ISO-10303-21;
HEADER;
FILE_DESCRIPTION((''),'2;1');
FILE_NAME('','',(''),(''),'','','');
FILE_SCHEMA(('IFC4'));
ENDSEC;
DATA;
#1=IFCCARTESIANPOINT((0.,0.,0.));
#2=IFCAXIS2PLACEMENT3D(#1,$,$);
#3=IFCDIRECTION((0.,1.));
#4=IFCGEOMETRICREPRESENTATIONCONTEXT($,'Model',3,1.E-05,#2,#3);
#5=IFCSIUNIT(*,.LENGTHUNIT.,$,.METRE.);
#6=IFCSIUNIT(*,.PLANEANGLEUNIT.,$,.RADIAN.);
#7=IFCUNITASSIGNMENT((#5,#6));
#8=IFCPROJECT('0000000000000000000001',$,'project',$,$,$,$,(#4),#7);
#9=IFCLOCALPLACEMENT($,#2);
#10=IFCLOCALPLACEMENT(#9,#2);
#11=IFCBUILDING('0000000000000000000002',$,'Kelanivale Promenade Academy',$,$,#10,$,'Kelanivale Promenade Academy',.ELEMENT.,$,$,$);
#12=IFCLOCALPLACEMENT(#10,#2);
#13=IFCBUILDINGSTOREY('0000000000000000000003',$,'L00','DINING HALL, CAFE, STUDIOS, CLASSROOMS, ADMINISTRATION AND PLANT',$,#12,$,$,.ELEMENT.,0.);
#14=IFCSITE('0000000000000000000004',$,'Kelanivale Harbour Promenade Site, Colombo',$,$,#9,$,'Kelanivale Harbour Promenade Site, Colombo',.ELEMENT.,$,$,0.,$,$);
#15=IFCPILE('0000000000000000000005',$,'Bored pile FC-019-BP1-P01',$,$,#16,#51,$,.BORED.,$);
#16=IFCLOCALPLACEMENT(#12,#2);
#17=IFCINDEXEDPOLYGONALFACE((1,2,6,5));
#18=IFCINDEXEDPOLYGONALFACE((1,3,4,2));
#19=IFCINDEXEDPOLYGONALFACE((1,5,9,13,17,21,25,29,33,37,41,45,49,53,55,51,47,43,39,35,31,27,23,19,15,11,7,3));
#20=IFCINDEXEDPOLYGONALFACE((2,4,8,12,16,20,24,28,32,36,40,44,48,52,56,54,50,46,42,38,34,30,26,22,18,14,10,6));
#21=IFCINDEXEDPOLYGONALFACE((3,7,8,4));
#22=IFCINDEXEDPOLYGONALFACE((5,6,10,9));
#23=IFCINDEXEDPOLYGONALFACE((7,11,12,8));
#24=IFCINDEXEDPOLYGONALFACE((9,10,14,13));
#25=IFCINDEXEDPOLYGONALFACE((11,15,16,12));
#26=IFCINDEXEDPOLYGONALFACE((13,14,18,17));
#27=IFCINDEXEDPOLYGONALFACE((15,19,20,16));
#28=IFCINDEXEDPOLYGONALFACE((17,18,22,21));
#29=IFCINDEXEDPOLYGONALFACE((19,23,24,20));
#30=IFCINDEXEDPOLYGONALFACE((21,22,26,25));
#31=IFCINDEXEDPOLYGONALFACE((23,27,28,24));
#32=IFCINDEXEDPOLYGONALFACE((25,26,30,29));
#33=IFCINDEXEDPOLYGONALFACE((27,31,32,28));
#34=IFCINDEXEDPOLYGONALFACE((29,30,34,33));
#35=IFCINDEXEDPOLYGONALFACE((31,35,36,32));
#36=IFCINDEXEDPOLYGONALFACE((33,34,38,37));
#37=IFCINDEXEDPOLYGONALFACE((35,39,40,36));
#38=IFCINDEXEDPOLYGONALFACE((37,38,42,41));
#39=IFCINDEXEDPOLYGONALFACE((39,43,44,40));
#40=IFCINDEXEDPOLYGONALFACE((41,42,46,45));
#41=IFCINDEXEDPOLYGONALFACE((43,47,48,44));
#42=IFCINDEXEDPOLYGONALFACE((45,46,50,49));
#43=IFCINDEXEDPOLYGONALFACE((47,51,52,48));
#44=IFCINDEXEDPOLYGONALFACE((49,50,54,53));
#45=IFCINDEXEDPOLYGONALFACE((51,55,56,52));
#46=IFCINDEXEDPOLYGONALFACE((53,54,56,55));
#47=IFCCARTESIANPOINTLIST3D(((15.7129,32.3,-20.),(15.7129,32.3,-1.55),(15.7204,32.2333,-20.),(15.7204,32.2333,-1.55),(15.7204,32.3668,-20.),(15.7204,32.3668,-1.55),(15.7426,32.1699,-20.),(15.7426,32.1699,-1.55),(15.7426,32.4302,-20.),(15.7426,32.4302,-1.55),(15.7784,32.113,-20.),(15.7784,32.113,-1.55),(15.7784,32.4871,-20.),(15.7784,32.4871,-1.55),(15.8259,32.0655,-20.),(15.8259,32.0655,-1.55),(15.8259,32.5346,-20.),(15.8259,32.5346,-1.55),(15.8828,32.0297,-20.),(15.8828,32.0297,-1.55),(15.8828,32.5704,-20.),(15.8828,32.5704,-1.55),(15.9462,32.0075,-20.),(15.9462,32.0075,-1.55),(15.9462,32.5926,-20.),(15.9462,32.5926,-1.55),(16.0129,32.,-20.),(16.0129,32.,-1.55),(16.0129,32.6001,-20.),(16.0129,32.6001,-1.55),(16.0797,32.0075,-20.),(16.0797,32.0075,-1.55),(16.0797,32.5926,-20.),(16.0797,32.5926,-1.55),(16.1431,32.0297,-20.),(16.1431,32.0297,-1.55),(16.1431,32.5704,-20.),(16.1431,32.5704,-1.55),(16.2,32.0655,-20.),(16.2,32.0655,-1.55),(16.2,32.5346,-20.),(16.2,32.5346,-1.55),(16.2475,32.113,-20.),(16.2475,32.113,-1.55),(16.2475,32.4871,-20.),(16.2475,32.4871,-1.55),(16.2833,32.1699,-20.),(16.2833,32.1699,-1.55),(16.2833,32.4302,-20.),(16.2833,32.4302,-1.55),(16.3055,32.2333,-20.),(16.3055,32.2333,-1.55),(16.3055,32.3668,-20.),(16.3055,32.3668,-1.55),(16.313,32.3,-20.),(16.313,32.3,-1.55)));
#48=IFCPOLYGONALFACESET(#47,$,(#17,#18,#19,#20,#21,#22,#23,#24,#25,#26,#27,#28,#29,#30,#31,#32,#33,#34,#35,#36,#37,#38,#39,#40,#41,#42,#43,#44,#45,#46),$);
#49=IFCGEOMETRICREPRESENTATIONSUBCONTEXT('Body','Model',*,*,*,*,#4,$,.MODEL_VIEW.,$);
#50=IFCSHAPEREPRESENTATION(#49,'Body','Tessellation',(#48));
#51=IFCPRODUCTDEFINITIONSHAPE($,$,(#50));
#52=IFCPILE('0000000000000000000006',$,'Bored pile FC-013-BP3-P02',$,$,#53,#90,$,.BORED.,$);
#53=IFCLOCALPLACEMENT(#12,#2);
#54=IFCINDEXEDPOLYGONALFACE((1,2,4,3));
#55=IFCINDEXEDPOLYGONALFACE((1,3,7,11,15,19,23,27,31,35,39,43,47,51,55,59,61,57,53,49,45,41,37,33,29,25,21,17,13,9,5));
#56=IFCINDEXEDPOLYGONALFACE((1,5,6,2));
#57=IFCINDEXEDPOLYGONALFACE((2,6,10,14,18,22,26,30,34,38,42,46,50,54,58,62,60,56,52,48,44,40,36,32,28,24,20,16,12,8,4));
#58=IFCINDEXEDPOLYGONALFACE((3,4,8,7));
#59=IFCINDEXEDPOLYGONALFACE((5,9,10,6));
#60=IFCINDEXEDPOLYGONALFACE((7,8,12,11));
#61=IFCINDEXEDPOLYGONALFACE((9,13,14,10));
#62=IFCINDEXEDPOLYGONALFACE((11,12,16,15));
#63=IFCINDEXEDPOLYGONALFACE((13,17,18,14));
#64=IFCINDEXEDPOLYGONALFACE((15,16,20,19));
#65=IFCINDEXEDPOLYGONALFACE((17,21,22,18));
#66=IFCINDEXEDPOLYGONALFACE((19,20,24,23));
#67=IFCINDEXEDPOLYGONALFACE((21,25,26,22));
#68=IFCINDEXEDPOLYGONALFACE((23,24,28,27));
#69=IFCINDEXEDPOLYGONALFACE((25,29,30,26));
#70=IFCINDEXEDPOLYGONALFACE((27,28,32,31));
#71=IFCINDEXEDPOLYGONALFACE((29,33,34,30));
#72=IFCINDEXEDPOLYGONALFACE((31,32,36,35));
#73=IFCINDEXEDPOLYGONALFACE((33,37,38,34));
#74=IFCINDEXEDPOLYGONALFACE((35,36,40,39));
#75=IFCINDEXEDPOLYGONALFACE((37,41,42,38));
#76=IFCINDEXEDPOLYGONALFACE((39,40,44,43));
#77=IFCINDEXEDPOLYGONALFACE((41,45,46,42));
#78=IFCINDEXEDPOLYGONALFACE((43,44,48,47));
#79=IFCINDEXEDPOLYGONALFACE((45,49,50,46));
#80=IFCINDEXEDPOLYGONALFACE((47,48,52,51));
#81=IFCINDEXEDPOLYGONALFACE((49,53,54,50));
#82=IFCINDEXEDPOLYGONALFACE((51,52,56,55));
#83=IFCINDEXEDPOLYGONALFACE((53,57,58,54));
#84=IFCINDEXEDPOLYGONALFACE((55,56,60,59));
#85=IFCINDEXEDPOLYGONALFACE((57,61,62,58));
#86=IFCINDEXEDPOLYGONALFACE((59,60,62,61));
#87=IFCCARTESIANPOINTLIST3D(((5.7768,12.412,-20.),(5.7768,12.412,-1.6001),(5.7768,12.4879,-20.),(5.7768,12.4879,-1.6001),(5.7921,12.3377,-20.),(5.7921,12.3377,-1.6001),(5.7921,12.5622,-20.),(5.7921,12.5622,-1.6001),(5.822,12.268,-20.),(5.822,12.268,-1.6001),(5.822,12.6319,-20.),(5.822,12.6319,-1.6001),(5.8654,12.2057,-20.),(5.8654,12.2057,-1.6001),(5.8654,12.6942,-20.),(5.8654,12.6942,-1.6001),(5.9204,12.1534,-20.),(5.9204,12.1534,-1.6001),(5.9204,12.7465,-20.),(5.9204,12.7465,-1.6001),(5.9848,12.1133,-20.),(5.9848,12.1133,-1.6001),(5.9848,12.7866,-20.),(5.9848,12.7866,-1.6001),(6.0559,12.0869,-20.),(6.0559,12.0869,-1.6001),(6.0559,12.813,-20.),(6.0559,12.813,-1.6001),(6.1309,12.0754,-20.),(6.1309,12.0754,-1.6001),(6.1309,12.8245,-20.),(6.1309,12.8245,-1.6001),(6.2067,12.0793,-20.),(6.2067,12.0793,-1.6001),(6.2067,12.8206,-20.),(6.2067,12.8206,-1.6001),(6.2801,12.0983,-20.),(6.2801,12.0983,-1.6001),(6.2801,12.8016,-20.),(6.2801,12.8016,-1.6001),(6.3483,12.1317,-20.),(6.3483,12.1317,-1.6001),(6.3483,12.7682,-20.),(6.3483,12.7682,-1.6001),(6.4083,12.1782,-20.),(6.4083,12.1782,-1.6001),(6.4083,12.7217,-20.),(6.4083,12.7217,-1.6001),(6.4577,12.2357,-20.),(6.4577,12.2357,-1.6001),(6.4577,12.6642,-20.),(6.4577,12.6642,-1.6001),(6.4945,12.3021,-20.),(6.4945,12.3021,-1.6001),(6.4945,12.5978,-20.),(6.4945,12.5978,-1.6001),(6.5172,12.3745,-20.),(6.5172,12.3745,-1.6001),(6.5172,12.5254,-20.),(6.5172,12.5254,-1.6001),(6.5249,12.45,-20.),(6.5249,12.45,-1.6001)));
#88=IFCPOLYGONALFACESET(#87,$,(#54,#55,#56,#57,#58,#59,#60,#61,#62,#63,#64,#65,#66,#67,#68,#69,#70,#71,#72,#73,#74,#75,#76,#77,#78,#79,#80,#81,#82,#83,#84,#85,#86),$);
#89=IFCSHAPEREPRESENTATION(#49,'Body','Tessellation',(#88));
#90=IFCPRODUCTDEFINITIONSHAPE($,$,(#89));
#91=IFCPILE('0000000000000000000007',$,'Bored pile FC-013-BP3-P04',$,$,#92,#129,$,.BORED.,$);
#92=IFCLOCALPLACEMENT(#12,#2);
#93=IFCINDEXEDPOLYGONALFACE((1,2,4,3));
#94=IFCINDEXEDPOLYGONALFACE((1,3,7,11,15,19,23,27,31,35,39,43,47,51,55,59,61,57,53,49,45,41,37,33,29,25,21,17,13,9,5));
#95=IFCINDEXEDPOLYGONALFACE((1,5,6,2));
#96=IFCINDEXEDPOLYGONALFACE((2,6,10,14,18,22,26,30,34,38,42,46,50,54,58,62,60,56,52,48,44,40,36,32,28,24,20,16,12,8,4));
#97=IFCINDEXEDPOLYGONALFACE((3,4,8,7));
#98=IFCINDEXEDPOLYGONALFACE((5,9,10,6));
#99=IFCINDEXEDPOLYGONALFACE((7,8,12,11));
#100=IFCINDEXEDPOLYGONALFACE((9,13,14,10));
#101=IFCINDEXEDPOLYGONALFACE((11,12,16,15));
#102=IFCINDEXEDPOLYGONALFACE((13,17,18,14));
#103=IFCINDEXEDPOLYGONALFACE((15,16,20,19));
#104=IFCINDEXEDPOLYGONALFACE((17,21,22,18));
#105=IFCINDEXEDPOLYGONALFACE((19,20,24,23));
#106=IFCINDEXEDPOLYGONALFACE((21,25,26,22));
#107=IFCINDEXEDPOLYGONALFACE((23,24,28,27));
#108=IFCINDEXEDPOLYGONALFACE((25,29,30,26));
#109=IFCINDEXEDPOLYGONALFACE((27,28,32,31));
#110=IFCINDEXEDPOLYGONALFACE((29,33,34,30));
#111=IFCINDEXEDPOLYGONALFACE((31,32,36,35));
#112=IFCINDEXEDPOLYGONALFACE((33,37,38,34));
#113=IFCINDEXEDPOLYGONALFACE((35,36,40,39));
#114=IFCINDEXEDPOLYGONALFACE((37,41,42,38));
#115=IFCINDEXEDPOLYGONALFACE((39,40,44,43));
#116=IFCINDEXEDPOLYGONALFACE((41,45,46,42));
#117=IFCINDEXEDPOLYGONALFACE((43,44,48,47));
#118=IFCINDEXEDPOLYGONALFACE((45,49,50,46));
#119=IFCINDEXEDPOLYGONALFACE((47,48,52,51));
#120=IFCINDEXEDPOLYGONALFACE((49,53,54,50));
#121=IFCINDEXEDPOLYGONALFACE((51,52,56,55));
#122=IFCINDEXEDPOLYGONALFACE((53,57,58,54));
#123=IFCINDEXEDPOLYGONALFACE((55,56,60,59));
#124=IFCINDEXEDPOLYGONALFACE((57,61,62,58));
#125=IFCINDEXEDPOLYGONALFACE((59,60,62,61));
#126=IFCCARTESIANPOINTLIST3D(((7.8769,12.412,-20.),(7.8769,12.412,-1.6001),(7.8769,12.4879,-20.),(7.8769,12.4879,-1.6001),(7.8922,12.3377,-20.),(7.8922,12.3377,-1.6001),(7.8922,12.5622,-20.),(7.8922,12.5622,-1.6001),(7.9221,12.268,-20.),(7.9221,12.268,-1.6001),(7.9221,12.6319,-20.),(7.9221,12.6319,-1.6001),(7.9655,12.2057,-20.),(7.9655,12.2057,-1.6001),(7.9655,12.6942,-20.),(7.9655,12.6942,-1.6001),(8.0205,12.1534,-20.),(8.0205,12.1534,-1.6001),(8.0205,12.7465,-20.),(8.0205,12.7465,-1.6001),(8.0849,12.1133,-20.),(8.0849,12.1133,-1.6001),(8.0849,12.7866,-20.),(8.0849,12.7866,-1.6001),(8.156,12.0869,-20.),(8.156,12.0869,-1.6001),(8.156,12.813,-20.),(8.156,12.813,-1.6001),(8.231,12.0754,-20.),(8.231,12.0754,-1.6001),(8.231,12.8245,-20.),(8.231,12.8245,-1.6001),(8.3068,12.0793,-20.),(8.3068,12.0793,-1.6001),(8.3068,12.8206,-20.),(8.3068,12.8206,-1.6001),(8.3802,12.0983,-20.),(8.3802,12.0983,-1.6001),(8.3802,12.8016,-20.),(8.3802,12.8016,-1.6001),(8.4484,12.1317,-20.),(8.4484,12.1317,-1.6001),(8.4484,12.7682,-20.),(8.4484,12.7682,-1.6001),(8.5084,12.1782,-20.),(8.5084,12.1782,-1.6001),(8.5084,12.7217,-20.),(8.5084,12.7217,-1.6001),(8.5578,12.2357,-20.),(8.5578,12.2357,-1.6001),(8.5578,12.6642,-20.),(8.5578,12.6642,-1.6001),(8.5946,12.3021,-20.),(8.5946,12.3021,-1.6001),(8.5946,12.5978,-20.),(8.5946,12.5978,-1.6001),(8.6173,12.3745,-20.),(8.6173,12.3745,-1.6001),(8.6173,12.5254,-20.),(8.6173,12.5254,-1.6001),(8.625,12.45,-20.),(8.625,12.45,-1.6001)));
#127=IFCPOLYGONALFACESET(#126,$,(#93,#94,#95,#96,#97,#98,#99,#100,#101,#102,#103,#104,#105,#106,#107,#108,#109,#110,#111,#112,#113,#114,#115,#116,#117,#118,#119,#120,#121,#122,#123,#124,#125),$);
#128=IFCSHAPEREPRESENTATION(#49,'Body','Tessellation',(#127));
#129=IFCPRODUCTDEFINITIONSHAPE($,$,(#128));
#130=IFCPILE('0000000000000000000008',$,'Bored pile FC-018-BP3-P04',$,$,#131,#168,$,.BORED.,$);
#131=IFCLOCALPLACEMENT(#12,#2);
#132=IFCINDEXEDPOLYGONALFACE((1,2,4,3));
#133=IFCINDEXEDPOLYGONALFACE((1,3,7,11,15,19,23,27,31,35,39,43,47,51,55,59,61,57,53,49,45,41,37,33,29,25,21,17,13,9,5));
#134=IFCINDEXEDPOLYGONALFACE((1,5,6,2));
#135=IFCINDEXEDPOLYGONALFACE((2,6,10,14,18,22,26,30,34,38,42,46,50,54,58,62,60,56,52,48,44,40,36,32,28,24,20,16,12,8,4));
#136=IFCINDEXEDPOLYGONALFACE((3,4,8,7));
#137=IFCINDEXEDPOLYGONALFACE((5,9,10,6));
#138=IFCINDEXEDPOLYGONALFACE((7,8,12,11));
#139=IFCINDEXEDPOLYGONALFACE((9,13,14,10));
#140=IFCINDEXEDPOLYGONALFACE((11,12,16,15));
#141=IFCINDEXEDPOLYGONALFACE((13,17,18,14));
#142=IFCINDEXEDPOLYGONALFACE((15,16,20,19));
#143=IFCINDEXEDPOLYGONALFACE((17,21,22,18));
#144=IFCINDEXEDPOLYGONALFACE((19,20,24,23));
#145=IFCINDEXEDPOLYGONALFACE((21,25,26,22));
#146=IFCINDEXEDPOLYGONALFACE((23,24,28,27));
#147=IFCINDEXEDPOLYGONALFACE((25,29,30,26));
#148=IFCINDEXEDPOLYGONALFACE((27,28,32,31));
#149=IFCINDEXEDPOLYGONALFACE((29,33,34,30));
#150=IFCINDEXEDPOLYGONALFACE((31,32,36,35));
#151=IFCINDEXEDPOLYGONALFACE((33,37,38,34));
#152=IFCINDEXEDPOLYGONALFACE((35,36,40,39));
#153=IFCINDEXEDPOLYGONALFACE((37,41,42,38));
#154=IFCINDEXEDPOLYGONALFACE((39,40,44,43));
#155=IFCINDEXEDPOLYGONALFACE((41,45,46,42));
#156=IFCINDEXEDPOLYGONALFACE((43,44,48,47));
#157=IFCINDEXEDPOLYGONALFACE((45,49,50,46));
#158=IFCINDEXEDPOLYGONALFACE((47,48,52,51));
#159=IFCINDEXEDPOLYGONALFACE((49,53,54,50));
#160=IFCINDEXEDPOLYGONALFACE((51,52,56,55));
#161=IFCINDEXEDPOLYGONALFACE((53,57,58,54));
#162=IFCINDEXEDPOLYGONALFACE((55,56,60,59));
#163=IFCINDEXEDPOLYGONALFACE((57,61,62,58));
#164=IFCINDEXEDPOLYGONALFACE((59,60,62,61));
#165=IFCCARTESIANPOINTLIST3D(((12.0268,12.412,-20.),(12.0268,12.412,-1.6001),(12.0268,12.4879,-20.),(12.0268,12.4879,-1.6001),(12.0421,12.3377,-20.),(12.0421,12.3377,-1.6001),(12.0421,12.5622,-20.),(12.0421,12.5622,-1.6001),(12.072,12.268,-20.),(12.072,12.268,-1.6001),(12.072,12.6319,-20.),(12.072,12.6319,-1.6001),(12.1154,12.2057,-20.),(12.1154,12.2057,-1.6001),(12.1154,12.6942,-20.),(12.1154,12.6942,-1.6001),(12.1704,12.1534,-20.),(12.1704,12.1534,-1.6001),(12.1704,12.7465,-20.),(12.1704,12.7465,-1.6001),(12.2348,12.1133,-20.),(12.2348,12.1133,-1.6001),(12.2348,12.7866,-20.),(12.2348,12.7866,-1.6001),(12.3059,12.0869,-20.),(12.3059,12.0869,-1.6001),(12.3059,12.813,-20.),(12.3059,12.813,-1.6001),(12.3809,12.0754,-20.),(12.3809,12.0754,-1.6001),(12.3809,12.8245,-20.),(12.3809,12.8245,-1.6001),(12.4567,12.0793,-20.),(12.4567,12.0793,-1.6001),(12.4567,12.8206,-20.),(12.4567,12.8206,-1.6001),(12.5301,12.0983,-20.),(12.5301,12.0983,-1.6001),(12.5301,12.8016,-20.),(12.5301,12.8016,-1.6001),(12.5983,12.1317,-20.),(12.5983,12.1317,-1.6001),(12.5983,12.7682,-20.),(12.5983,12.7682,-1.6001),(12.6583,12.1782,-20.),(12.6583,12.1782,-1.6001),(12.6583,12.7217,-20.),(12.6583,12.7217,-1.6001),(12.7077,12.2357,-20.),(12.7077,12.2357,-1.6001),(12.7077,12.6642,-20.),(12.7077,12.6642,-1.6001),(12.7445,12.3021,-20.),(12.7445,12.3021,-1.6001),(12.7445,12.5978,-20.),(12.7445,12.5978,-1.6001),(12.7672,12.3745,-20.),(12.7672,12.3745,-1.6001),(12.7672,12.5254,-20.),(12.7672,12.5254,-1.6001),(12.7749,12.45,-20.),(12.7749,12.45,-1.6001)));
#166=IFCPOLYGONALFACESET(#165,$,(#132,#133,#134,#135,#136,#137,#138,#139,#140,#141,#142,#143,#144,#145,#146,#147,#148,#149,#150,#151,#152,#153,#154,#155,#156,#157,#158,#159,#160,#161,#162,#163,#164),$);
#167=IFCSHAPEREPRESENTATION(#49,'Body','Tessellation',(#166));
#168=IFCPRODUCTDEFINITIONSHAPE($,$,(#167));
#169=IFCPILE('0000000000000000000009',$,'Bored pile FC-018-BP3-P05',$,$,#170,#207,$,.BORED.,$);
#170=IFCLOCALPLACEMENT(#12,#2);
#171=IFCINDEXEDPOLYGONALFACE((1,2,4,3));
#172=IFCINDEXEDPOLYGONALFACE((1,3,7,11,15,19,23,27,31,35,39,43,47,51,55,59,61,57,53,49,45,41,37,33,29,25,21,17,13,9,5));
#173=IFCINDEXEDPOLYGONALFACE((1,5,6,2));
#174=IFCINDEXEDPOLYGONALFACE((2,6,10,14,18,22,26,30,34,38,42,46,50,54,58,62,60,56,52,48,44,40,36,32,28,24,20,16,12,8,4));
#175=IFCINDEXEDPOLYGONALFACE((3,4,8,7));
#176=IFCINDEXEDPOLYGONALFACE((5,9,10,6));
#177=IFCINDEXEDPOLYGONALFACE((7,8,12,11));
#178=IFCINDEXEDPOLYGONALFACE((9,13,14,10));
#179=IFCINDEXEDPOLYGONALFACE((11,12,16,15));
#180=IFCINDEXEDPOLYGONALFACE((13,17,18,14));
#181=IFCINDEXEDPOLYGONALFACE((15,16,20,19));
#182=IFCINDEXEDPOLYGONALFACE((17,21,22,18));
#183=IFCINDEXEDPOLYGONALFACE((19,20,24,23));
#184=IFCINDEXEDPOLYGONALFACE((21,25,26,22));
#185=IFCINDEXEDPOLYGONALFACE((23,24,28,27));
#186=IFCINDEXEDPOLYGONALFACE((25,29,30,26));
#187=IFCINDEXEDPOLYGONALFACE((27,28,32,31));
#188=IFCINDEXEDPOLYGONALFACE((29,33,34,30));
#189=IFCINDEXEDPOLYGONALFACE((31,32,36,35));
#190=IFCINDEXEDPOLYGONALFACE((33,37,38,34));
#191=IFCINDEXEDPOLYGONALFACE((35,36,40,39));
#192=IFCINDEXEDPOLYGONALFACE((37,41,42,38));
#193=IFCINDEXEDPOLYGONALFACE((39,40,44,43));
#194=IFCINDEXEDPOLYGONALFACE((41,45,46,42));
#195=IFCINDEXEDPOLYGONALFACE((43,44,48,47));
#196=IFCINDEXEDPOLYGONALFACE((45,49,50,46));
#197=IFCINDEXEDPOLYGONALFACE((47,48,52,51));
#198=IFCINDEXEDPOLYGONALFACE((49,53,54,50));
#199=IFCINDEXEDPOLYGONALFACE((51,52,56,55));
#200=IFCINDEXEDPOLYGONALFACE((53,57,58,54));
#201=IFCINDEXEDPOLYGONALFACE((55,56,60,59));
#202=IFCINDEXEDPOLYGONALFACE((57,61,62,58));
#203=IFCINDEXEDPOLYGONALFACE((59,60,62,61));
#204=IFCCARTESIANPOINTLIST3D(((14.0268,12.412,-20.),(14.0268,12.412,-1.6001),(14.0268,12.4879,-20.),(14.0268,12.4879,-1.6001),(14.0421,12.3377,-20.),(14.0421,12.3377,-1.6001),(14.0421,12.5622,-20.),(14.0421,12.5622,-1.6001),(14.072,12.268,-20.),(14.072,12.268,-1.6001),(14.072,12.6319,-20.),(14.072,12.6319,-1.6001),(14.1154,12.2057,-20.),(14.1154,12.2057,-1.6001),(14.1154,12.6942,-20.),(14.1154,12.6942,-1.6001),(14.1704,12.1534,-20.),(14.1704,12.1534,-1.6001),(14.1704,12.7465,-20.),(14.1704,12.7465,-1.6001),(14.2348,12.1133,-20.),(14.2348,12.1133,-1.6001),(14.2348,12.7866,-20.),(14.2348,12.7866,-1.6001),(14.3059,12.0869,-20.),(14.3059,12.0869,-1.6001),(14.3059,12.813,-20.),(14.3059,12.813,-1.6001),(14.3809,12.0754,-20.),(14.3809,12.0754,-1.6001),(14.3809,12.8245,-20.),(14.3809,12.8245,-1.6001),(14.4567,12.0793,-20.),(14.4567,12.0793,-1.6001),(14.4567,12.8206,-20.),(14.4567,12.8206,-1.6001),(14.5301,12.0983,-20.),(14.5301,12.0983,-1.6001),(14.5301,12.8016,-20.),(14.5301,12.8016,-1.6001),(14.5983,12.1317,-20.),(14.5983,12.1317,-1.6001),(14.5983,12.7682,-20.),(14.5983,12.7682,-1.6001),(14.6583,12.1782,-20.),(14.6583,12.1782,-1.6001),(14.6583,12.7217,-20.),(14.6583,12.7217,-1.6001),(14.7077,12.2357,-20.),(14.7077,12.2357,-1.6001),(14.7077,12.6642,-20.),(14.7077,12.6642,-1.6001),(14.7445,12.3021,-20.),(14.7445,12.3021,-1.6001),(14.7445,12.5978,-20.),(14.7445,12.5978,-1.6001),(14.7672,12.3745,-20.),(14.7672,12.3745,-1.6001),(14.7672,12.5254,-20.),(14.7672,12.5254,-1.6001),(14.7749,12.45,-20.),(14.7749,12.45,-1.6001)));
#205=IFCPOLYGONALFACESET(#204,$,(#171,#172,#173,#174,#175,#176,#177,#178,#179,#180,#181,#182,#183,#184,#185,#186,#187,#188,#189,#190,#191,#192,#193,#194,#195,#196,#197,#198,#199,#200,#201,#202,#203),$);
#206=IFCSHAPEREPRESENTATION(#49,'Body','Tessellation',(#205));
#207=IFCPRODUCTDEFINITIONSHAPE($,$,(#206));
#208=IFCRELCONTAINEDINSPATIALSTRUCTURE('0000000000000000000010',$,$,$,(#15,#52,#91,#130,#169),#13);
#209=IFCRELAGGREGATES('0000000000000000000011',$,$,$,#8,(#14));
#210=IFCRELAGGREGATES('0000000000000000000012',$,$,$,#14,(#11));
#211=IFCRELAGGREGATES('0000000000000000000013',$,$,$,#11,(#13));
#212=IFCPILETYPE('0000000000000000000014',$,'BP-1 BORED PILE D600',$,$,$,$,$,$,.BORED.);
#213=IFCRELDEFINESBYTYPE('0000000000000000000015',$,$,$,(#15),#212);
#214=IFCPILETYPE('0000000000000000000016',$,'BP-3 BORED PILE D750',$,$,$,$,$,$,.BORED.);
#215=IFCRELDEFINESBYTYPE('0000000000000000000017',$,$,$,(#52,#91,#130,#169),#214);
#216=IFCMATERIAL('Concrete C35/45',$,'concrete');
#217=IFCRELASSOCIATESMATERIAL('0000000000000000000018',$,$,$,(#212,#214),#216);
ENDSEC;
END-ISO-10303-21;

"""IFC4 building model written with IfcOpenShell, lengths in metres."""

from ifc_helpers import new_model, si_unit, direction, frame, origin, origin_2d, place, context, subcontext, project, spatial, circle, extrude, material, material_profile, profile_set, type_object, element, save


model = new_model("IFC4")

# Units and contexts
model_context = context("Model", 3, precision=1e-05, world=origin(), true_north=direction((0.0, 1.0)))
body_context = subcontext(model_context, "Body", "Model", "MODEL_VIEW")
ifc_project = project(units=[si_unit("LENGTHUNIT", "METRE"), si_unit("PLANEANGLEUNIT", "RADIAN")], contexts=[model_context])

# Site, building, storey
site_placement = place(None, origin())
site = spatial("IfcSite", under=ifc_project, at=site_placement, Name="Kelanivale Harbour Promenade Site, Colombo", LongName="Kelanivale Harbour Promenade Site, Colombo", CompositionType="ELEMENT", RefElevation=0.0)
building_placement = place(site_placement, origin())
building = spatial("IfcBuilding", under=site, at=building_placement, Name="Kelanivale Promenade Academy", LongName="Kelanivale Promenade Academy", CompositionType="ELEMENT")
storey_placement = place(building_placement, origin())
storey = spatial("IfcBuildingStorey", under=building, at=storey_placement, Name="L00", Description="DINING HALL, CAFE, STUDIOS, CLASSROOMS, ADMINISTRATION AND PLANT", CompositionType="ELEMENT", Elevation=0.0)

# Piles
ifc_material_1 = material(Name="Concrete C35/45", Category="concrete")
ifc_material_profile_1 = material_profile(ifc_material_1, circle(Radius=0.3, at=origin_2d()), Name="BORED PILE D600")
ifc_profile_set_1 = profile_set([ifc_material_profile_1], Name="Concrete C35/45")
pile_type_1 = type_object("IfcPileType", Name="BP-1 BORED PILE D600", PredefinedType="BORED", material=ifc_profile_set_1)
pile_placement = place(storey_placement, frame((16.0129, 32.3, -1.55), z_axis=(0.0, 0.0, -1.0), x_axis=(1.0, 0.0, 0.0)))
element("IfcPile", 1, at=pile_placement, inside=storey, type_object=pile_type_1, Name="Bored pile FC-019-BP1-P01", PredefinedType="BORED", context=body_context, shape_type="SweptSolid", body=[
    extrude(circle(Radius=0.3, at=origin_2d()), origin(), (0.0, 0.0, 1.0), 18.45),
])
ifc_material_profile_2 = material_profile(ifc_material_1, circle(Radius=0.375, at=origin_2d()), Name="BORED PILE D750")
ifc_profile_set_2 = profile_set([ifc_material_profile_2], Name="Concrete C35/45")
pile_type_2 = type_object("IfcPileType", Name="BP-3 BORED PILE D750", PredefinedType="BORED", material=ifc_profile_set_2)
for number, where, z_axis, x_axis, name in (
    (2, (6.1499, 12.45, -1.6001), (0.0, 0.0, -1.0), (1.0, 0.0, 0.0), "Bored pile FC-013-BP3-P02"),
    (3, (8.25, 12.45, -1.6001), (0.0, 0.0, -1.0), (1.0, 0.0, 0.0), "Bored pile FC-013-BP3-P04"),
    (4, (12.3999, 12.45, -1.6001), (0.0, 0.0, -1.0), (1.0, 0.0, 0.0), "Bored pile FC-018-BP3-P04"),
    (5, (14.3999, 12.45, -1.6001), (0.0, 0.0, -1.0), (1.0, 0.0, 0.0), "Bored pile FC-018-BP3-P05"),
):
    element("IfcPile", number, at=place(storey_placement, frame(where, z_axis=z_axis, x_axis=x_axis)), inside=storey, type_object=pile_type_2, Name=name, PredefinedType="BORED", context=body_context, shape_type="SweptSolid", body=[
        extrude(circle(Radius=0.375, at=origin_2d()), origin(), (0.0, 0.0, 1.0), 18.3999),
    ])

save(model, "model.ifc")
